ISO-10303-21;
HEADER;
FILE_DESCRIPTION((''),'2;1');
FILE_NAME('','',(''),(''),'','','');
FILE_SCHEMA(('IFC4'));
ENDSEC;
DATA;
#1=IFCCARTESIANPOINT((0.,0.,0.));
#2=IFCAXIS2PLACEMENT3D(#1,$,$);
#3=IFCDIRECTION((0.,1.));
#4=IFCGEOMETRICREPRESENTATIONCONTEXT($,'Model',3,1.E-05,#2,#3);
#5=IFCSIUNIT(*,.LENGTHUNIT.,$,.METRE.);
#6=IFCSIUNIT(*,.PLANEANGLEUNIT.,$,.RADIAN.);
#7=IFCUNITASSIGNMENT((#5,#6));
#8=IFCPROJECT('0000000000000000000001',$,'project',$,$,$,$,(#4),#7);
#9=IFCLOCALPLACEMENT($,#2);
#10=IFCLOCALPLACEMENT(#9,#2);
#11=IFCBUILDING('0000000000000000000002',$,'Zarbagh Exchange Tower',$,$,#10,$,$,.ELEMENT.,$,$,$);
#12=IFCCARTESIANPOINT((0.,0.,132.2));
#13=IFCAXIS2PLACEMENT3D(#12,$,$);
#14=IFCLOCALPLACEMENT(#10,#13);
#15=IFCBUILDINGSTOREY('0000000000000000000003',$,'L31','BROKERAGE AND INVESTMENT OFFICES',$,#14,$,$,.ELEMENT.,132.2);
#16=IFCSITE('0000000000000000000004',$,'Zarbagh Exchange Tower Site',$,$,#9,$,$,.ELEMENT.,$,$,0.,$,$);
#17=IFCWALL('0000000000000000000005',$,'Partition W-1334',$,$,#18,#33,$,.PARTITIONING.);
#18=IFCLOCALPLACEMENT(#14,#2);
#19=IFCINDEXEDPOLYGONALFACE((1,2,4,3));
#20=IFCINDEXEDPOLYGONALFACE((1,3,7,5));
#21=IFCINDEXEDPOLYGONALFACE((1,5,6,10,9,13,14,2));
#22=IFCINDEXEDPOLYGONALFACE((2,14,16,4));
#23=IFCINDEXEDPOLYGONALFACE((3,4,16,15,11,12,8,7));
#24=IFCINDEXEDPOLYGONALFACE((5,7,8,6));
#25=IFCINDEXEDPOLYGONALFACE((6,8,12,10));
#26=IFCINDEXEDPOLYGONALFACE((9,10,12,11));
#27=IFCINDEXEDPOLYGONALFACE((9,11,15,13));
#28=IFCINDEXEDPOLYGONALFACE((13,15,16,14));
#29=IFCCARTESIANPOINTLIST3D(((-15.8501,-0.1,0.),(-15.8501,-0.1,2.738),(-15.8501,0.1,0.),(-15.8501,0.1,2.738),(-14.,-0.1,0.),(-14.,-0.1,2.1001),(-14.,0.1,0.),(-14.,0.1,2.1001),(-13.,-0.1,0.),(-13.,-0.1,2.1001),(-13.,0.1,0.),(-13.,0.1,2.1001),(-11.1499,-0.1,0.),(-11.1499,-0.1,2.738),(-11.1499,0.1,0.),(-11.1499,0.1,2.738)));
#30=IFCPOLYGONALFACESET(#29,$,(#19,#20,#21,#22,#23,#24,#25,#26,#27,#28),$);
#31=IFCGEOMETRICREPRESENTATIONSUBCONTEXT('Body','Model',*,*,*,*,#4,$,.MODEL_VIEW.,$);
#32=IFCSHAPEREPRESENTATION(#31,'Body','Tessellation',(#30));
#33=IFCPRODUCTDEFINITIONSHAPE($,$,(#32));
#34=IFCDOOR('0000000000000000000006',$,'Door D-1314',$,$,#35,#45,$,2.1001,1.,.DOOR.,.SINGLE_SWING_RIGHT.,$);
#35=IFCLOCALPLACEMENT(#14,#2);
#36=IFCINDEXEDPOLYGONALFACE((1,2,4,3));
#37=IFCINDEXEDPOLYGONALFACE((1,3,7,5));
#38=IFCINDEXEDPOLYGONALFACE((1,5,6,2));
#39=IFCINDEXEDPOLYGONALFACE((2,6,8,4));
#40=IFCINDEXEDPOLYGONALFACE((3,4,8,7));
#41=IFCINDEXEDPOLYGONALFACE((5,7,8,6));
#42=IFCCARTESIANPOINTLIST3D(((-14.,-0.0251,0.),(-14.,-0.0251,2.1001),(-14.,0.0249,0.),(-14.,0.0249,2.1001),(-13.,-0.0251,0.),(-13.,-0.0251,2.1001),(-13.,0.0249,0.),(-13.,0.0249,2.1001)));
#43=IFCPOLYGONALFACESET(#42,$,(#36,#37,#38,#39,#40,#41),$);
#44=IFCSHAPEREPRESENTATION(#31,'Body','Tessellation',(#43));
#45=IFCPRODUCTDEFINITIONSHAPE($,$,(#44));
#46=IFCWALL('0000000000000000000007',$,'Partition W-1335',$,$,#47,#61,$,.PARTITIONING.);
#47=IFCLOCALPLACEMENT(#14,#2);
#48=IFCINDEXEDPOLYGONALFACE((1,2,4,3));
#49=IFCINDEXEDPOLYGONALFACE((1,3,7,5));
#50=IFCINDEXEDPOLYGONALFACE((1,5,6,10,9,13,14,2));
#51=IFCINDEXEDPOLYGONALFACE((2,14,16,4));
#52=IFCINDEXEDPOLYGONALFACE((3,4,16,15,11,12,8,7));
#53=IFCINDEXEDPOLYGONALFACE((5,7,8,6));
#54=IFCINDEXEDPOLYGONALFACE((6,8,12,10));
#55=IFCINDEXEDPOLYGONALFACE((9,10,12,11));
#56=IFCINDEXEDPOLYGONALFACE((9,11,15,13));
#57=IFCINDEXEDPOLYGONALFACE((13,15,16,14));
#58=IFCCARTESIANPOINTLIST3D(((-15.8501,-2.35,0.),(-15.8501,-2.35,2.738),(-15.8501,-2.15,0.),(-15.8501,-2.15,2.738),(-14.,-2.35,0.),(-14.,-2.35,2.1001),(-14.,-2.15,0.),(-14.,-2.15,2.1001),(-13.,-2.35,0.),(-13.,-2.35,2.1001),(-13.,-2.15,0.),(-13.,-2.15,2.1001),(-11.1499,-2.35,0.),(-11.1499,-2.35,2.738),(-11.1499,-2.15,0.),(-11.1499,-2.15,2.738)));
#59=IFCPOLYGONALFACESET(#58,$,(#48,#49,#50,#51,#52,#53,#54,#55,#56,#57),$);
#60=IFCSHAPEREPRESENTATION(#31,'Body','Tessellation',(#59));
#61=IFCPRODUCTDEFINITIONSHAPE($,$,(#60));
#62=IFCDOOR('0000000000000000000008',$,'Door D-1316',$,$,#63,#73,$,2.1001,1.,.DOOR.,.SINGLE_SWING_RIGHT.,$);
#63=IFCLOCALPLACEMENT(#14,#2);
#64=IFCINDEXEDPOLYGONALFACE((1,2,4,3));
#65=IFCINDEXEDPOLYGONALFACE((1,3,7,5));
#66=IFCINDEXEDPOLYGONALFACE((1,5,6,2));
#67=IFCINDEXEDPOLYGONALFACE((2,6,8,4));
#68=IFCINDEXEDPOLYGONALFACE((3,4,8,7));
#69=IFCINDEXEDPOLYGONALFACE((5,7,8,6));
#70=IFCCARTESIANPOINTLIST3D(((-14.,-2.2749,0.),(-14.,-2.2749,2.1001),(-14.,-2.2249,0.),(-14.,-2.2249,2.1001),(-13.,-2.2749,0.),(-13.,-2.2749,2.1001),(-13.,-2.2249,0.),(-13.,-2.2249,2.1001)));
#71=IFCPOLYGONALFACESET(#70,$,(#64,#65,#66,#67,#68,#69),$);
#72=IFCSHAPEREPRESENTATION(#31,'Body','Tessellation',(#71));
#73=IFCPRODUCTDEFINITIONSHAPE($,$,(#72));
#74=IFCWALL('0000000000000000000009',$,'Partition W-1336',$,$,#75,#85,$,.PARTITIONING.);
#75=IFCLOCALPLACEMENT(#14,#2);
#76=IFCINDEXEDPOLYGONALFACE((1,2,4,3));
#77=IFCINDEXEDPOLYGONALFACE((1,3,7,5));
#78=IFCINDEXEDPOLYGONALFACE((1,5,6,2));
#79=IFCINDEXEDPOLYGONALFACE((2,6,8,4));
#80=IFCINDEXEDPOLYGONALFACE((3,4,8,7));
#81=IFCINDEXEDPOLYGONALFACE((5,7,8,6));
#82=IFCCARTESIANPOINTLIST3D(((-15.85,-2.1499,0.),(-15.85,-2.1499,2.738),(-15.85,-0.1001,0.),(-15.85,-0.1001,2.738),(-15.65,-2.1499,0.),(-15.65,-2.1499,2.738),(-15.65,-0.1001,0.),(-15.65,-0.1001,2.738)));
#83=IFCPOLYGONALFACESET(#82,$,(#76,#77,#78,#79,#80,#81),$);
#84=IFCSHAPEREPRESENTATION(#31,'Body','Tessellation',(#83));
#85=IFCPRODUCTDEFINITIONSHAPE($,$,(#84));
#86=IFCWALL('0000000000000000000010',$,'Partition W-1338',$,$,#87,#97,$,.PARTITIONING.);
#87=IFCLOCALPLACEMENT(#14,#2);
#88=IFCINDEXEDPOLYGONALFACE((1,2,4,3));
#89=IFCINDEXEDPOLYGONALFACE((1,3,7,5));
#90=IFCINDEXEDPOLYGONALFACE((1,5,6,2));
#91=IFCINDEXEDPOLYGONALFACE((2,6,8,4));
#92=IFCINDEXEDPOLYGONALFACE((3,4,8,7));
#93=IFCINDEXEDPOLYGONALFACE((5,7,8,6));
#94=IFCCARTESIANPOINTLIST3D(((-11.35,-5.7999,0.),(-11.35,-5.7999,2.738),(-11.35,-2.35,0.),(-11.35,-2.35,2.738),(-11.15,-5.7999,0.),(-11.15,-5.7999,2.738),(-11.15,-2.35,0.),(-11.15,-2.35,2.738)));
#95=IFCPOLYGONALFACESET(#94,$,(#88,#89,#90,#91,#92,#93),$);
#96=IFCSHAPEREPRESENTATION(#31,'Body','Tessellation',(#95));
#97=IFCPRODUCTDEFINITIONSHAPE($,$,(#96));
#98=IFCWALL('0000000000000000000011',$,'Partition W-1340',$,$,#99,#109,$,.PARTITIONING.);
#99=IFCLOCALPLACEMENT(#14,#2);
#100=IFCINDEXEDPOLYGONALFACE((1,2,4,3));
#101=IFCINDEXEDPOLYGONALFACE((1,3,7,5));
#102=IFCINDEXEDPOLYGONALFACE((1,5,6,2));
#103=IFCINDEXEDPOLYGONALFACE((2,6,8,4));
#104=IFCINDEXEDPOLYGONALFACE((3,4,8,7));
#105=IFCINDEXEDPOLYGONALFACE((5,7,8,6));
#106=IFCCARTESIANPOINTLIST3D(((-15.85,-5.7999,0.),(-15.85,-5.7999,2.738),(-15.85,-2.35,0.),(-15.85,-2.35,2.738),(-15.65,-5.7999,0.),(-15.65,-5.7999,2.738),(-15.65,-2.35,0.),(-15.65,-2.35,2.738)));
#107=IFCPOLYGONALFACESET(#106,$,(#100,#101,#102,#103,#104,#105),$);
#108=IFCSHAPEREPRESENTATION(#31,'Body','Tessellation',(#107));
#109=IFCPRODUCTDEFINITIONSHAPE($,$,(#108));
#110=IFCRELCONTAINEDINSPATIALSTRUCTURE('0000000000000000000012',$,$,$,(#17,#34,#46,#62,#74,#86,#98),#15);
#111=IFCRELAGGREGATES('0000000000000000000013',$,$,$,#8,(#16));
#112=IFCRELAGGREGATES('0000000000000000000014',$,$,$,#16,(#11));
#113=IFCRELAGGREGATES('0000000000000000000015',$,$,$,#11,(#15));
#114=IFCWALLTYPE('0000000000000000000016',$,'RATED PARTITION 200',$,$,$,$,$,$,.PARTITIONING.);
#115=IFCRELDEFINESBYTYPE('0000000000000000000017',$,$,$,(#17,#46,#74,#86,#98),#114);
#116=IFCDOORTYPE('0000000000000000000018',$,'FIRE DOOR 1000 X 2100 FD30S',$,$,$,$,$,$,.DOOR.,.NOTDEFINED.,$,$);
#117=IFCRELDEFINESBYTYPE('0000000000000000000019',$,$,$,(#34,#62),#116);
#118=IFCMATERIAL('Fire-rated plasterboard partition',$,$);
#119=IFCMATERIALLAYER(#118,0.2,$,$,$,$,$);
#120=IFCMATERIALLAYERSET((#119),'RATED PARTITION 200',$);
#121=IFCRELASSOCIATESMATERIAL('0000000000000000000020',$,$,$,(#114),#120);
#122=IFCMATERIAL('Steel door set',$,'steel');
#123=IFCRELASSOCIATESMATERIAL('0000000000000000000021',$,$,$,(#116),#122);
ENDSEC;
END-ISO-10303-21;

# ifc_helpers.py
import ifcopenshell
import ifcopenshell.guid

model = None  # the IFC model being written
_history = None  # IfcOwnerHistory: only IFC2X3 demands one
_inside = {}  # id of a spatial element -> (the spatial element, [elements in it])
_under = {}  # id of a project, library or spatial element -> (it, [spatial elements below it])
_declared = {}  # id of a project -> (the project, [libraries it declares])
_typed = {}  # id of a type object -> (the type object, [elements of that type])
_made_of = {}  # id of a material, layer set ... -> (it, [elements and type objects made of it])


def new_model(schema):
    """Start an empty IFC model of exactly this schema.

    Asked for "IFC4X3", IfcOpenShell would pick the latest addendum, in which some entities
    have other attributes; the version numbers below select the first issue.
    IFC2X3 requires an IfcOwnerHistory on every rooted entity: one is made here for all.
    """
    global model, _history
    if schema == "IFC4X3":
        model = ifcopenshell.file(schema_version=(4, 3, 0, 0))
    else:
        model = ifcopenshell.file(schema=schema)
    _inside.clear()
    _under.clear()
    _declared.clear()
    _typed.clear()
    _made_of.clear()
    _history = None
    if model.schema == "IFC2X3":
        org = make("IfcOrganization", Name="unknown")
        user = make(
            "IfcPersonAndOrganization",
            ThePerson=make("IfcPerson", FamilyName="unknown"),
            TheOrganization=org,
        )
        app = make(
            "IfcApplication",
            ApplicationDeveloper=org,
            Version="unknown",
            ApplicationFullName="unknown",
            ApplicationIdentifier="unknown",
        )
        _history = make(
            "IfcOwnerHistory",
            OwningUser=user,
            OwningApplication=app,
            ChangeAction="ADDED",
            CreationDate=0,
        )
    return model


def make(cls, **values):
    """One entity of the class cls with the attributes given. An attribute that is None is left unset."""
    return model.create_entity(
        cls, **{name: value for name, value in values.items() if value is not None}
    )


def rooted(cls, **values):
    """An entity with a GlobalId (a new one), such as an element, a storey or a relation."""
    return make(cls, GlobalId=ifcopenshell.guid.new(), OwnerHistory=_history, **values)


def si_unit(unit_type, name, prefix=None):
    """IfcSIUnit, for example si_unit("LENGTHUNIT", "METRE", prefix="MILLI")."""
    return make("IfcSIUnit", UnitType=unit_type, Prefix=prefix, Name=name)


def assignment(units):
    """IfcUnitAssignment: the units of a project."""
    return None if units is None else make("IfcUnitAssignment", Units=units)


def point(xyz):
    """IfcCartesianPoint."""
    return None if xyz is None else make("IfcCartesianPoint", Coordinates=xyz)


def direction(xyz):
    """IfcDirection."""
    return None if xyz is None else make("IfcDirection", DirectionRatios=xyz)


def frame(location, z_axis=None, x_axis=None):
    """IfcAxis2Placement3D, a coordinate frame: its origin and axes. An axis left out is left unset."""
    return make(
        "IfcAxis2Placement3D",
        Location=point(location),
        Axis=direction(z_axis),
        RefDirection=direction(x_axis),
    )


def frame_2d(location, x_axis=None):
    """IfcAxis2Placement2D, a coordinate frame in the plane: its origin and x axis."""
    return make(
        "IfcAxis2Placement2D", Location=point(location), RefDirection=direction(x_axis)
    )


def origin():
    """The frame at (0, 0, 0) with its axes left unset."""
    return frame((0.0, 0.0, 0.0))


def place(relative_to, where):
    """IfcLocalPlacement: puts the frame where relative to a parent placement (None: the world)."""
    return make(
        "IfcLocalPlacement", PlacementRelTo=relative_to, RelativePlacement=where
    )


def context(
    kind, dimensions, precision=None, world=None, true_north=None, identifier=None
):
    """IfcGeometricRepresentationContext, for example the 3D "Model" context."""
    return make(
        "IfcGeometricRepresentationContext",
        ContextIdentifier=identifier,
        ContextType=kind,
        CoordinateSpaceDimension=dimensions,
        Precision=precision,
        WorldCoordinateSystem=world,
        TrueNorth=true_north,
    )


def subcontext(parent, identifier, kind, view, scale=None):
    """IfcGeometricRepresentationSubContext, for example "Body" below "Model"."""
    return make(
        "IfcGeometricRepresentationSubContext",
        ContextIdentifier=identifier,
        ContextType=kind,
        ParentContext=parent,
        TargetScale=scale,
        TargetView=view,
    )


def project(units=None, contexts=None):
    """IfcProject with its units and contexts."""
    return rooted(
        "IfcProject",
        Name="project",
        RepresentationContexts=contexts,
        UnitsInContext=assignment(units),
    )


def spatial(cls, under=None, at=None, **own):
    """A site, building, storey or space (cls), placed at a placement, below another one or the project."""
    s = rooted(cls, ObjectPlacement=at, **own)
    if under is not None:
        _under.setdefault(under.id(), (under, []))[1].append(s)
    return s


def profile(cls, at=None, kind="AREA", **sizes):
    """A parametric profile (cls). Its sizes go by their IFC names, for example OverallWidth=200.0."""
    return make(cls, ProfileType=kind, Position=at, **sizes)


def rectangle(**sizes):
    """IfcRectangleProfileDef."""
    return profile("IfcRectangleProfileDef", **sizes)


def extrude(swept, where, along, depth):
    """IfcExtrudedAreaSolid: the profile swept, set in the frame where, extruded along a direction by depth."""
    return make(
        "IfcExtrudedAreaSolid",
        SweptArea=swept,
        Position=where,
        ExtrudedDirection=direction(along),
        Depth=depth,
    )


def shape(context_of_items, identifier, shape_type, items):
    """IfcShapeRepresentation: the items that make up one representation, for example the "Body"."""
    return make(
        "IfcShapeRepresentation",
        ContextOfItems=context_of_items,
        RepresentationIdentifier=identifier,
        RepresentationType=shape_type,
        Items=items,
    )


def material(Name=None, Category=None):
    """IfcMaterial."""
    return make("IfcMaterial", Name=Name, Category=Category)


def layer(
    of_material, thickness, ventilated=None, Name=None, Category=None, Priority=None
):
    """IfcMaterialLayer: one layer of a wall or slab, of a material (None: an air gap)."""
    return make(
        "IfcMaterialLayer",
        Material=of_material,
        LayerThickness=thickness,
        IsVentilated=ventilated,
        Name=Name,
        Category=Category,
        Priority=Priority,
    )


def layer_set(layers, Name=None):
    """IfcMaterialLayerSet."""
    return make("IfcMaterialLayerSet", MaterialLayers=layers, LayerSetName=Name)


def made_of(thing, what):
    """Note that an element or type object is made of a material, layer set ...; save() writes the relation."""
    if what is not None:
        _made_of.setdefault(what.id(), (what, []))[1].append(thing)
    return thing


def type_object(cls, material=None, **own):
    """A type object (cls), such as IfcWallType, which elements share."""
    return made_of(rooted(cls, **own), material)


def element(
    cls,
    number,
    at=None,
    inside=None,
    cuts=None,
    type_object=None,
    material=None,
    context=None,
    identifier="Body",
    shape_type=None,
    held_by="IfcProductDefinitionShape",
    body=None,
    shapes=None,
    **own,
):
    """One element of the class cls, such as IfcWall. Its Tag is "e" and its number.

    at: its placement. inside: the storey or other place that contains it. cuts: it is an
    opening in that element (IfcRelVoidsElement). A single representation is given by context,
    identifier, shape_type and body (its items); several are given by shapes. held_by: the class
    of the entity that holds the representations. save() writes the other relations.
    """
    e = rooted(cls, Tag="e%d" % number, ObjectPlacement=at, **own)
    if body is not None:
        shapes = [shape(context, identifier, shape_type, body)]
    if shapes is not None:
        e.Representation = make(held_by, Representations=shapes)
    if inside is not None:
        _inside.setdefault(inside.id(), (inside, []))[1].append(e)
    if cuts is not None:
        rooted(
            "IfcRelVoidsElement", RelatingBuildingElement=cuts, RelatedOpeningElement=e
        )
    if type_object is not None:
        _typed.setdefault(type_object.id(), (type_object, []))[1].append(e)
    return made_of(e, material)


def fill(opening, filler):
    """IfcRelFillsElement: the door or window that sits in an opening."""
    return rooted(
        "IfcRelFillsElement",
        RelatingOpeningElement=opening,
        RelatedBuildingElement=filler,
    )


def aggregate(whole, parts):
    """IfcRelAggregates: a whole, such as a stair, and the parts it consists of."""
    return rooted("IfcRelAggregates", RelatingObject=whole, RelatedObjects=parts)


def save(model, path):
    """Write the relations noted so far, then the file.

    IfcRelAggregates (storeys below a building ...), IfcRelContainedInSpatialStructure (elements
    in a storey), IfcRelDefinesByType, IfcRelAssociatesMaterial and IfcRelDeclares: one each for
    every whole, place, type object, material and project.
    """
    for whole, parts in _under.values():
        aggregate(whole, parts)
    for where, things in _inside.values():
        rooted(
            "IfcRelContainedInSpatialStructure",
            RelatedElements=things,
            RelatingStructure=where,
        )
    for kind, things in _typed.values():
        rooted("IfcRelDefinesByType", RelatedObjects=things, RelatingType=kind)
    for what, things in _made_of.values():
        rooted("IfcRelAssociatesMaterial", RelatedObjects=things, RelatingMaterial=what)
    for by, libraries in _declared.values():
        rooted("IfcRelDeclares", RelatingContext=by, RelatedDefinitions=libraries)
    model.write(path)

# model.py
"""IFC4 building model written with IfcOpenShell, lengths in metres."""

from ifc_helpers import new_model, si_unit, direction, frame, frame_2d, origin, place, context, subcontext, project, spatial, rectangle, extrude, material, layer, layer_set, type_object, element, fill, save


model = new_model("IFC4")

# Units and contexts
model_context = context("Model", 3, precision=1e-05, world=origin(), true_north=direction((0.0, 1.0)))
body_context = subcontext(model_context, "Body", "Model", "MODEL_VIEW")
ifc_project = project(units=[si_unit("LENGTHUNIT", "METRE"), si_unit("PLANEANGLEUNIT", "RADIAN")], contexts=[model_context])

# Site, building, storey
site_placement = place(None, origin())
site = spatial("IfcSite", under=ifc_project, at=site_placement, Name="Zarbagh Exchange Tower Site", CompositionType="ELEMENT", RefElevation=0.0)
building_placement = place(site_placement, origin())
building = spatial("IfcBuilding", under=site, at=building_placement, Name="Zarbagh Exchange Tower", CompositionType="ELEMENT")
storey_placement = place(building_placement, frame((0.0, 0.0, 132.2)))
storey = spatial("IfcBuildingStorey", under=building, at=storey_placement, Name="L31", Description="BROKERAGE AND INVESTMENT OFFICES", CompositionType="ELEMENT", Elevation=132.2)

# Shared definitions
ifc_material_1 = material(Name="Fire-rated plasterboard partition")
ifc_layer_1 = layer(ifc_material_1, 0.2)
ifc_layer_set_1 = layer_set([ifc_layer_1], Name="RATED PARTITION 200")
wall_type_1 = type_object("IfcWallType", Name="RATED PARTITION 200", PredefinedType="PARTITIONING", material=ifc_layer_set_1)

# Walls, openings, doors
ifc_material_2 = material(Name="Steel door set", Category="steel")
door_type_1 = type_object("IfcDoorType", Name="FIRE DOOR 1000 X 2100 FD30S", OperationType="NOTDEFINED", PredefinedType="DOOR", material=ifc_material_2)
wall_1_placement = place(storey_placement, frame((-15.8501, 0.0, 0.0), z_axis=(0.0, 0.0, 1.0), x_axis=(1.0, 0.0, 0.0)))
wall_1 = element("IfcWall", 1, at=wall_1_placement, inside=storey, type_object=wall_type_1, Name="Partition W-1334", PredefinedType="PARTITIONING", context=body_context, shape_type="SweptSolid", body=[
    extrude(rectangle(XDim=4.7002, YDim=0.2, at=frame_2d((2.3501, 0.0))), origin(), (0.0, 0.0, 1.0), 2.738),
])
opening_1_placement = place(wall_1_placement, frame((1.8501, 0.0, 0.0)))
opening_1 = element("IfcOpeningElement", 2, at=opening_1_placement, cuts=wall_1, PredefinedType="OPENING", context=body_context, shape_type="SweptSolid", body=[
    extrude(rectangle(XDim=1.0, YDim=2.1001, at=frame_2d((0.5, 1.05))), frame((0.0, 0.1099, 0.0), z_axis=(0.0, -1.0, 0.0), x_axis=(1.0, 0.0, 0.0)), (0.0, 0.0, 1.0), 0.22),
])
door_1_placement = place(opening_1_placement, origin())
door_1 = element("IfcDoor", 3, at=door_1_placement, inside=storey, type_object=door_type_1, Name="Door D-1314", OperationType="SINGLE_SWING_RIGHT", OverallHeight=2.1001, OverallWidth=1.0, PredefinedType="DOOR", context=body_context, shape_type="SweptSolid", body=[
    extrude(rectangle(XDim=1.0, YDim=2.1001, at=frame_2d((0.5, 1.05))), frame((0.0, 0.0249, 0.0), z_axis=(0.0, -1.0, 0.0), x_axis=(1.0, 0.0, 0.0)), (0.0, 0.0, 1.0), 0.05),
])
fill(opening_1, door_1)
wall_2_placement = place(storey_placement, frame((-11.1499, -2.25, 0.0), z_axis=(0.0, 0.0, 1.0), x_axis=(-1.0, 0.0, 0.0)))
wall_2 = element("IfcWall", 4, at=wall_2_placement, inside=storey, type_object=wall_type_1, Name="Partition W-1335", PredefinedType="PARTITIONING", context=body_context, shape_type="SweptSolid", body=[
    extrude(rectangle(XDim=4.7002, YDim=0.2, at=frame_2d((2.3501, 0.0))), origin(), (0.0, 0.0, 1.0), 2.738),
])
opening_2_placement = place(wall_2_placement, frame((1.8501, 0.0, 0.0)))
opening_2 = element("IfcOpeningElement", 5, at=opening_2_placement, cuts=wall_2, PredefinedType="OPENING", context=body_context, shape_type="SweptSolid", body=[
    extrude(rectangle(XDim=1.0, YDim=2.1001, at=frame_2d((0.5, 1.05))), frame((0.0, 0.1099, 0.0), z_axis=(0.0, -1.0, 0.0), x_axis=(1.0, 0.0, 0.0)), (0.0, 0.0, 1.0), 0.22),
])
door_2_placement = place(opening_2_placement, origin())
door_2 = element("IfcDoor", 6, at=door_2_placement, inside=storey, type_object=door_type_1, Name="Door D-1316", OperationType="SINGLE_SWING_RIGHT", OverallHeight=2.1001, OverallWidth=1.0, PredefinedType="DOOR", context=body_context, shape_type="SweptSolid", body=[
    extrude(rectangle(XDim=1.0, YDim=2.1001, at=frame_2d((0.5, 1.05))), frame((0.0, 0.0249, 0.0), z_axis=(0.0, -1.0, 0.0), x_axis=(1.0, 0.0, 0.0)), (0.0, 0.0, 1.0), 0.05),
])
fill(opening_2, door_2)

# Walls
wall_3_placement = place(storey_placement, frame((-15.75, -2.1499, 0.0), z_axis=(0.0, 0.0, 1.0), x_axis=(0.0, 1.0, 0.0)))
element("IfcWall", 7, at=wall_3_placement, inside=storey, type_object=wall_type_1, Name="Partition W-1336", PredefinedType="PARTITIONING", context=body_context, shape_type="SweptSolid", body=[
    extrude(rectangle(XDim=2.0498, YDim=0.2, at=frame_2d((1.0249, 0.0))), origin(), (0.0, 0.0, 1.0), 2.738),
])
for number, where, z_axis, x_axis, name in (
    (8, (-11.25, -5.8, 0.0), (0.0, 0.0, 1.0), (0.0, 1.0, 0.0), "Partition W-1338"),
    (9, (-15.75, -5.8, 0.0), (0.0, 0.0, 1.0), (0.0, 1.0, 0.0), "Partition W-1340"),
):
    element("IfcWall", number, at=place(storey_placement, frame(where, z_axis=z_axis, x_axis=x_axis)), inside=storey, type_object=wall_type_1, Name=name, PredefinedType="PARTITIONING", context=body_context, shape_type="SweptSolid", body=[
        extrude(rectangle(XDim=3.45, YDim=0.2, at=frame_2d((1.7251, 0.0))), origin(), (0.0, 0.0, 1.0), 2.738),
    ])

save(model, "model.ifc")
